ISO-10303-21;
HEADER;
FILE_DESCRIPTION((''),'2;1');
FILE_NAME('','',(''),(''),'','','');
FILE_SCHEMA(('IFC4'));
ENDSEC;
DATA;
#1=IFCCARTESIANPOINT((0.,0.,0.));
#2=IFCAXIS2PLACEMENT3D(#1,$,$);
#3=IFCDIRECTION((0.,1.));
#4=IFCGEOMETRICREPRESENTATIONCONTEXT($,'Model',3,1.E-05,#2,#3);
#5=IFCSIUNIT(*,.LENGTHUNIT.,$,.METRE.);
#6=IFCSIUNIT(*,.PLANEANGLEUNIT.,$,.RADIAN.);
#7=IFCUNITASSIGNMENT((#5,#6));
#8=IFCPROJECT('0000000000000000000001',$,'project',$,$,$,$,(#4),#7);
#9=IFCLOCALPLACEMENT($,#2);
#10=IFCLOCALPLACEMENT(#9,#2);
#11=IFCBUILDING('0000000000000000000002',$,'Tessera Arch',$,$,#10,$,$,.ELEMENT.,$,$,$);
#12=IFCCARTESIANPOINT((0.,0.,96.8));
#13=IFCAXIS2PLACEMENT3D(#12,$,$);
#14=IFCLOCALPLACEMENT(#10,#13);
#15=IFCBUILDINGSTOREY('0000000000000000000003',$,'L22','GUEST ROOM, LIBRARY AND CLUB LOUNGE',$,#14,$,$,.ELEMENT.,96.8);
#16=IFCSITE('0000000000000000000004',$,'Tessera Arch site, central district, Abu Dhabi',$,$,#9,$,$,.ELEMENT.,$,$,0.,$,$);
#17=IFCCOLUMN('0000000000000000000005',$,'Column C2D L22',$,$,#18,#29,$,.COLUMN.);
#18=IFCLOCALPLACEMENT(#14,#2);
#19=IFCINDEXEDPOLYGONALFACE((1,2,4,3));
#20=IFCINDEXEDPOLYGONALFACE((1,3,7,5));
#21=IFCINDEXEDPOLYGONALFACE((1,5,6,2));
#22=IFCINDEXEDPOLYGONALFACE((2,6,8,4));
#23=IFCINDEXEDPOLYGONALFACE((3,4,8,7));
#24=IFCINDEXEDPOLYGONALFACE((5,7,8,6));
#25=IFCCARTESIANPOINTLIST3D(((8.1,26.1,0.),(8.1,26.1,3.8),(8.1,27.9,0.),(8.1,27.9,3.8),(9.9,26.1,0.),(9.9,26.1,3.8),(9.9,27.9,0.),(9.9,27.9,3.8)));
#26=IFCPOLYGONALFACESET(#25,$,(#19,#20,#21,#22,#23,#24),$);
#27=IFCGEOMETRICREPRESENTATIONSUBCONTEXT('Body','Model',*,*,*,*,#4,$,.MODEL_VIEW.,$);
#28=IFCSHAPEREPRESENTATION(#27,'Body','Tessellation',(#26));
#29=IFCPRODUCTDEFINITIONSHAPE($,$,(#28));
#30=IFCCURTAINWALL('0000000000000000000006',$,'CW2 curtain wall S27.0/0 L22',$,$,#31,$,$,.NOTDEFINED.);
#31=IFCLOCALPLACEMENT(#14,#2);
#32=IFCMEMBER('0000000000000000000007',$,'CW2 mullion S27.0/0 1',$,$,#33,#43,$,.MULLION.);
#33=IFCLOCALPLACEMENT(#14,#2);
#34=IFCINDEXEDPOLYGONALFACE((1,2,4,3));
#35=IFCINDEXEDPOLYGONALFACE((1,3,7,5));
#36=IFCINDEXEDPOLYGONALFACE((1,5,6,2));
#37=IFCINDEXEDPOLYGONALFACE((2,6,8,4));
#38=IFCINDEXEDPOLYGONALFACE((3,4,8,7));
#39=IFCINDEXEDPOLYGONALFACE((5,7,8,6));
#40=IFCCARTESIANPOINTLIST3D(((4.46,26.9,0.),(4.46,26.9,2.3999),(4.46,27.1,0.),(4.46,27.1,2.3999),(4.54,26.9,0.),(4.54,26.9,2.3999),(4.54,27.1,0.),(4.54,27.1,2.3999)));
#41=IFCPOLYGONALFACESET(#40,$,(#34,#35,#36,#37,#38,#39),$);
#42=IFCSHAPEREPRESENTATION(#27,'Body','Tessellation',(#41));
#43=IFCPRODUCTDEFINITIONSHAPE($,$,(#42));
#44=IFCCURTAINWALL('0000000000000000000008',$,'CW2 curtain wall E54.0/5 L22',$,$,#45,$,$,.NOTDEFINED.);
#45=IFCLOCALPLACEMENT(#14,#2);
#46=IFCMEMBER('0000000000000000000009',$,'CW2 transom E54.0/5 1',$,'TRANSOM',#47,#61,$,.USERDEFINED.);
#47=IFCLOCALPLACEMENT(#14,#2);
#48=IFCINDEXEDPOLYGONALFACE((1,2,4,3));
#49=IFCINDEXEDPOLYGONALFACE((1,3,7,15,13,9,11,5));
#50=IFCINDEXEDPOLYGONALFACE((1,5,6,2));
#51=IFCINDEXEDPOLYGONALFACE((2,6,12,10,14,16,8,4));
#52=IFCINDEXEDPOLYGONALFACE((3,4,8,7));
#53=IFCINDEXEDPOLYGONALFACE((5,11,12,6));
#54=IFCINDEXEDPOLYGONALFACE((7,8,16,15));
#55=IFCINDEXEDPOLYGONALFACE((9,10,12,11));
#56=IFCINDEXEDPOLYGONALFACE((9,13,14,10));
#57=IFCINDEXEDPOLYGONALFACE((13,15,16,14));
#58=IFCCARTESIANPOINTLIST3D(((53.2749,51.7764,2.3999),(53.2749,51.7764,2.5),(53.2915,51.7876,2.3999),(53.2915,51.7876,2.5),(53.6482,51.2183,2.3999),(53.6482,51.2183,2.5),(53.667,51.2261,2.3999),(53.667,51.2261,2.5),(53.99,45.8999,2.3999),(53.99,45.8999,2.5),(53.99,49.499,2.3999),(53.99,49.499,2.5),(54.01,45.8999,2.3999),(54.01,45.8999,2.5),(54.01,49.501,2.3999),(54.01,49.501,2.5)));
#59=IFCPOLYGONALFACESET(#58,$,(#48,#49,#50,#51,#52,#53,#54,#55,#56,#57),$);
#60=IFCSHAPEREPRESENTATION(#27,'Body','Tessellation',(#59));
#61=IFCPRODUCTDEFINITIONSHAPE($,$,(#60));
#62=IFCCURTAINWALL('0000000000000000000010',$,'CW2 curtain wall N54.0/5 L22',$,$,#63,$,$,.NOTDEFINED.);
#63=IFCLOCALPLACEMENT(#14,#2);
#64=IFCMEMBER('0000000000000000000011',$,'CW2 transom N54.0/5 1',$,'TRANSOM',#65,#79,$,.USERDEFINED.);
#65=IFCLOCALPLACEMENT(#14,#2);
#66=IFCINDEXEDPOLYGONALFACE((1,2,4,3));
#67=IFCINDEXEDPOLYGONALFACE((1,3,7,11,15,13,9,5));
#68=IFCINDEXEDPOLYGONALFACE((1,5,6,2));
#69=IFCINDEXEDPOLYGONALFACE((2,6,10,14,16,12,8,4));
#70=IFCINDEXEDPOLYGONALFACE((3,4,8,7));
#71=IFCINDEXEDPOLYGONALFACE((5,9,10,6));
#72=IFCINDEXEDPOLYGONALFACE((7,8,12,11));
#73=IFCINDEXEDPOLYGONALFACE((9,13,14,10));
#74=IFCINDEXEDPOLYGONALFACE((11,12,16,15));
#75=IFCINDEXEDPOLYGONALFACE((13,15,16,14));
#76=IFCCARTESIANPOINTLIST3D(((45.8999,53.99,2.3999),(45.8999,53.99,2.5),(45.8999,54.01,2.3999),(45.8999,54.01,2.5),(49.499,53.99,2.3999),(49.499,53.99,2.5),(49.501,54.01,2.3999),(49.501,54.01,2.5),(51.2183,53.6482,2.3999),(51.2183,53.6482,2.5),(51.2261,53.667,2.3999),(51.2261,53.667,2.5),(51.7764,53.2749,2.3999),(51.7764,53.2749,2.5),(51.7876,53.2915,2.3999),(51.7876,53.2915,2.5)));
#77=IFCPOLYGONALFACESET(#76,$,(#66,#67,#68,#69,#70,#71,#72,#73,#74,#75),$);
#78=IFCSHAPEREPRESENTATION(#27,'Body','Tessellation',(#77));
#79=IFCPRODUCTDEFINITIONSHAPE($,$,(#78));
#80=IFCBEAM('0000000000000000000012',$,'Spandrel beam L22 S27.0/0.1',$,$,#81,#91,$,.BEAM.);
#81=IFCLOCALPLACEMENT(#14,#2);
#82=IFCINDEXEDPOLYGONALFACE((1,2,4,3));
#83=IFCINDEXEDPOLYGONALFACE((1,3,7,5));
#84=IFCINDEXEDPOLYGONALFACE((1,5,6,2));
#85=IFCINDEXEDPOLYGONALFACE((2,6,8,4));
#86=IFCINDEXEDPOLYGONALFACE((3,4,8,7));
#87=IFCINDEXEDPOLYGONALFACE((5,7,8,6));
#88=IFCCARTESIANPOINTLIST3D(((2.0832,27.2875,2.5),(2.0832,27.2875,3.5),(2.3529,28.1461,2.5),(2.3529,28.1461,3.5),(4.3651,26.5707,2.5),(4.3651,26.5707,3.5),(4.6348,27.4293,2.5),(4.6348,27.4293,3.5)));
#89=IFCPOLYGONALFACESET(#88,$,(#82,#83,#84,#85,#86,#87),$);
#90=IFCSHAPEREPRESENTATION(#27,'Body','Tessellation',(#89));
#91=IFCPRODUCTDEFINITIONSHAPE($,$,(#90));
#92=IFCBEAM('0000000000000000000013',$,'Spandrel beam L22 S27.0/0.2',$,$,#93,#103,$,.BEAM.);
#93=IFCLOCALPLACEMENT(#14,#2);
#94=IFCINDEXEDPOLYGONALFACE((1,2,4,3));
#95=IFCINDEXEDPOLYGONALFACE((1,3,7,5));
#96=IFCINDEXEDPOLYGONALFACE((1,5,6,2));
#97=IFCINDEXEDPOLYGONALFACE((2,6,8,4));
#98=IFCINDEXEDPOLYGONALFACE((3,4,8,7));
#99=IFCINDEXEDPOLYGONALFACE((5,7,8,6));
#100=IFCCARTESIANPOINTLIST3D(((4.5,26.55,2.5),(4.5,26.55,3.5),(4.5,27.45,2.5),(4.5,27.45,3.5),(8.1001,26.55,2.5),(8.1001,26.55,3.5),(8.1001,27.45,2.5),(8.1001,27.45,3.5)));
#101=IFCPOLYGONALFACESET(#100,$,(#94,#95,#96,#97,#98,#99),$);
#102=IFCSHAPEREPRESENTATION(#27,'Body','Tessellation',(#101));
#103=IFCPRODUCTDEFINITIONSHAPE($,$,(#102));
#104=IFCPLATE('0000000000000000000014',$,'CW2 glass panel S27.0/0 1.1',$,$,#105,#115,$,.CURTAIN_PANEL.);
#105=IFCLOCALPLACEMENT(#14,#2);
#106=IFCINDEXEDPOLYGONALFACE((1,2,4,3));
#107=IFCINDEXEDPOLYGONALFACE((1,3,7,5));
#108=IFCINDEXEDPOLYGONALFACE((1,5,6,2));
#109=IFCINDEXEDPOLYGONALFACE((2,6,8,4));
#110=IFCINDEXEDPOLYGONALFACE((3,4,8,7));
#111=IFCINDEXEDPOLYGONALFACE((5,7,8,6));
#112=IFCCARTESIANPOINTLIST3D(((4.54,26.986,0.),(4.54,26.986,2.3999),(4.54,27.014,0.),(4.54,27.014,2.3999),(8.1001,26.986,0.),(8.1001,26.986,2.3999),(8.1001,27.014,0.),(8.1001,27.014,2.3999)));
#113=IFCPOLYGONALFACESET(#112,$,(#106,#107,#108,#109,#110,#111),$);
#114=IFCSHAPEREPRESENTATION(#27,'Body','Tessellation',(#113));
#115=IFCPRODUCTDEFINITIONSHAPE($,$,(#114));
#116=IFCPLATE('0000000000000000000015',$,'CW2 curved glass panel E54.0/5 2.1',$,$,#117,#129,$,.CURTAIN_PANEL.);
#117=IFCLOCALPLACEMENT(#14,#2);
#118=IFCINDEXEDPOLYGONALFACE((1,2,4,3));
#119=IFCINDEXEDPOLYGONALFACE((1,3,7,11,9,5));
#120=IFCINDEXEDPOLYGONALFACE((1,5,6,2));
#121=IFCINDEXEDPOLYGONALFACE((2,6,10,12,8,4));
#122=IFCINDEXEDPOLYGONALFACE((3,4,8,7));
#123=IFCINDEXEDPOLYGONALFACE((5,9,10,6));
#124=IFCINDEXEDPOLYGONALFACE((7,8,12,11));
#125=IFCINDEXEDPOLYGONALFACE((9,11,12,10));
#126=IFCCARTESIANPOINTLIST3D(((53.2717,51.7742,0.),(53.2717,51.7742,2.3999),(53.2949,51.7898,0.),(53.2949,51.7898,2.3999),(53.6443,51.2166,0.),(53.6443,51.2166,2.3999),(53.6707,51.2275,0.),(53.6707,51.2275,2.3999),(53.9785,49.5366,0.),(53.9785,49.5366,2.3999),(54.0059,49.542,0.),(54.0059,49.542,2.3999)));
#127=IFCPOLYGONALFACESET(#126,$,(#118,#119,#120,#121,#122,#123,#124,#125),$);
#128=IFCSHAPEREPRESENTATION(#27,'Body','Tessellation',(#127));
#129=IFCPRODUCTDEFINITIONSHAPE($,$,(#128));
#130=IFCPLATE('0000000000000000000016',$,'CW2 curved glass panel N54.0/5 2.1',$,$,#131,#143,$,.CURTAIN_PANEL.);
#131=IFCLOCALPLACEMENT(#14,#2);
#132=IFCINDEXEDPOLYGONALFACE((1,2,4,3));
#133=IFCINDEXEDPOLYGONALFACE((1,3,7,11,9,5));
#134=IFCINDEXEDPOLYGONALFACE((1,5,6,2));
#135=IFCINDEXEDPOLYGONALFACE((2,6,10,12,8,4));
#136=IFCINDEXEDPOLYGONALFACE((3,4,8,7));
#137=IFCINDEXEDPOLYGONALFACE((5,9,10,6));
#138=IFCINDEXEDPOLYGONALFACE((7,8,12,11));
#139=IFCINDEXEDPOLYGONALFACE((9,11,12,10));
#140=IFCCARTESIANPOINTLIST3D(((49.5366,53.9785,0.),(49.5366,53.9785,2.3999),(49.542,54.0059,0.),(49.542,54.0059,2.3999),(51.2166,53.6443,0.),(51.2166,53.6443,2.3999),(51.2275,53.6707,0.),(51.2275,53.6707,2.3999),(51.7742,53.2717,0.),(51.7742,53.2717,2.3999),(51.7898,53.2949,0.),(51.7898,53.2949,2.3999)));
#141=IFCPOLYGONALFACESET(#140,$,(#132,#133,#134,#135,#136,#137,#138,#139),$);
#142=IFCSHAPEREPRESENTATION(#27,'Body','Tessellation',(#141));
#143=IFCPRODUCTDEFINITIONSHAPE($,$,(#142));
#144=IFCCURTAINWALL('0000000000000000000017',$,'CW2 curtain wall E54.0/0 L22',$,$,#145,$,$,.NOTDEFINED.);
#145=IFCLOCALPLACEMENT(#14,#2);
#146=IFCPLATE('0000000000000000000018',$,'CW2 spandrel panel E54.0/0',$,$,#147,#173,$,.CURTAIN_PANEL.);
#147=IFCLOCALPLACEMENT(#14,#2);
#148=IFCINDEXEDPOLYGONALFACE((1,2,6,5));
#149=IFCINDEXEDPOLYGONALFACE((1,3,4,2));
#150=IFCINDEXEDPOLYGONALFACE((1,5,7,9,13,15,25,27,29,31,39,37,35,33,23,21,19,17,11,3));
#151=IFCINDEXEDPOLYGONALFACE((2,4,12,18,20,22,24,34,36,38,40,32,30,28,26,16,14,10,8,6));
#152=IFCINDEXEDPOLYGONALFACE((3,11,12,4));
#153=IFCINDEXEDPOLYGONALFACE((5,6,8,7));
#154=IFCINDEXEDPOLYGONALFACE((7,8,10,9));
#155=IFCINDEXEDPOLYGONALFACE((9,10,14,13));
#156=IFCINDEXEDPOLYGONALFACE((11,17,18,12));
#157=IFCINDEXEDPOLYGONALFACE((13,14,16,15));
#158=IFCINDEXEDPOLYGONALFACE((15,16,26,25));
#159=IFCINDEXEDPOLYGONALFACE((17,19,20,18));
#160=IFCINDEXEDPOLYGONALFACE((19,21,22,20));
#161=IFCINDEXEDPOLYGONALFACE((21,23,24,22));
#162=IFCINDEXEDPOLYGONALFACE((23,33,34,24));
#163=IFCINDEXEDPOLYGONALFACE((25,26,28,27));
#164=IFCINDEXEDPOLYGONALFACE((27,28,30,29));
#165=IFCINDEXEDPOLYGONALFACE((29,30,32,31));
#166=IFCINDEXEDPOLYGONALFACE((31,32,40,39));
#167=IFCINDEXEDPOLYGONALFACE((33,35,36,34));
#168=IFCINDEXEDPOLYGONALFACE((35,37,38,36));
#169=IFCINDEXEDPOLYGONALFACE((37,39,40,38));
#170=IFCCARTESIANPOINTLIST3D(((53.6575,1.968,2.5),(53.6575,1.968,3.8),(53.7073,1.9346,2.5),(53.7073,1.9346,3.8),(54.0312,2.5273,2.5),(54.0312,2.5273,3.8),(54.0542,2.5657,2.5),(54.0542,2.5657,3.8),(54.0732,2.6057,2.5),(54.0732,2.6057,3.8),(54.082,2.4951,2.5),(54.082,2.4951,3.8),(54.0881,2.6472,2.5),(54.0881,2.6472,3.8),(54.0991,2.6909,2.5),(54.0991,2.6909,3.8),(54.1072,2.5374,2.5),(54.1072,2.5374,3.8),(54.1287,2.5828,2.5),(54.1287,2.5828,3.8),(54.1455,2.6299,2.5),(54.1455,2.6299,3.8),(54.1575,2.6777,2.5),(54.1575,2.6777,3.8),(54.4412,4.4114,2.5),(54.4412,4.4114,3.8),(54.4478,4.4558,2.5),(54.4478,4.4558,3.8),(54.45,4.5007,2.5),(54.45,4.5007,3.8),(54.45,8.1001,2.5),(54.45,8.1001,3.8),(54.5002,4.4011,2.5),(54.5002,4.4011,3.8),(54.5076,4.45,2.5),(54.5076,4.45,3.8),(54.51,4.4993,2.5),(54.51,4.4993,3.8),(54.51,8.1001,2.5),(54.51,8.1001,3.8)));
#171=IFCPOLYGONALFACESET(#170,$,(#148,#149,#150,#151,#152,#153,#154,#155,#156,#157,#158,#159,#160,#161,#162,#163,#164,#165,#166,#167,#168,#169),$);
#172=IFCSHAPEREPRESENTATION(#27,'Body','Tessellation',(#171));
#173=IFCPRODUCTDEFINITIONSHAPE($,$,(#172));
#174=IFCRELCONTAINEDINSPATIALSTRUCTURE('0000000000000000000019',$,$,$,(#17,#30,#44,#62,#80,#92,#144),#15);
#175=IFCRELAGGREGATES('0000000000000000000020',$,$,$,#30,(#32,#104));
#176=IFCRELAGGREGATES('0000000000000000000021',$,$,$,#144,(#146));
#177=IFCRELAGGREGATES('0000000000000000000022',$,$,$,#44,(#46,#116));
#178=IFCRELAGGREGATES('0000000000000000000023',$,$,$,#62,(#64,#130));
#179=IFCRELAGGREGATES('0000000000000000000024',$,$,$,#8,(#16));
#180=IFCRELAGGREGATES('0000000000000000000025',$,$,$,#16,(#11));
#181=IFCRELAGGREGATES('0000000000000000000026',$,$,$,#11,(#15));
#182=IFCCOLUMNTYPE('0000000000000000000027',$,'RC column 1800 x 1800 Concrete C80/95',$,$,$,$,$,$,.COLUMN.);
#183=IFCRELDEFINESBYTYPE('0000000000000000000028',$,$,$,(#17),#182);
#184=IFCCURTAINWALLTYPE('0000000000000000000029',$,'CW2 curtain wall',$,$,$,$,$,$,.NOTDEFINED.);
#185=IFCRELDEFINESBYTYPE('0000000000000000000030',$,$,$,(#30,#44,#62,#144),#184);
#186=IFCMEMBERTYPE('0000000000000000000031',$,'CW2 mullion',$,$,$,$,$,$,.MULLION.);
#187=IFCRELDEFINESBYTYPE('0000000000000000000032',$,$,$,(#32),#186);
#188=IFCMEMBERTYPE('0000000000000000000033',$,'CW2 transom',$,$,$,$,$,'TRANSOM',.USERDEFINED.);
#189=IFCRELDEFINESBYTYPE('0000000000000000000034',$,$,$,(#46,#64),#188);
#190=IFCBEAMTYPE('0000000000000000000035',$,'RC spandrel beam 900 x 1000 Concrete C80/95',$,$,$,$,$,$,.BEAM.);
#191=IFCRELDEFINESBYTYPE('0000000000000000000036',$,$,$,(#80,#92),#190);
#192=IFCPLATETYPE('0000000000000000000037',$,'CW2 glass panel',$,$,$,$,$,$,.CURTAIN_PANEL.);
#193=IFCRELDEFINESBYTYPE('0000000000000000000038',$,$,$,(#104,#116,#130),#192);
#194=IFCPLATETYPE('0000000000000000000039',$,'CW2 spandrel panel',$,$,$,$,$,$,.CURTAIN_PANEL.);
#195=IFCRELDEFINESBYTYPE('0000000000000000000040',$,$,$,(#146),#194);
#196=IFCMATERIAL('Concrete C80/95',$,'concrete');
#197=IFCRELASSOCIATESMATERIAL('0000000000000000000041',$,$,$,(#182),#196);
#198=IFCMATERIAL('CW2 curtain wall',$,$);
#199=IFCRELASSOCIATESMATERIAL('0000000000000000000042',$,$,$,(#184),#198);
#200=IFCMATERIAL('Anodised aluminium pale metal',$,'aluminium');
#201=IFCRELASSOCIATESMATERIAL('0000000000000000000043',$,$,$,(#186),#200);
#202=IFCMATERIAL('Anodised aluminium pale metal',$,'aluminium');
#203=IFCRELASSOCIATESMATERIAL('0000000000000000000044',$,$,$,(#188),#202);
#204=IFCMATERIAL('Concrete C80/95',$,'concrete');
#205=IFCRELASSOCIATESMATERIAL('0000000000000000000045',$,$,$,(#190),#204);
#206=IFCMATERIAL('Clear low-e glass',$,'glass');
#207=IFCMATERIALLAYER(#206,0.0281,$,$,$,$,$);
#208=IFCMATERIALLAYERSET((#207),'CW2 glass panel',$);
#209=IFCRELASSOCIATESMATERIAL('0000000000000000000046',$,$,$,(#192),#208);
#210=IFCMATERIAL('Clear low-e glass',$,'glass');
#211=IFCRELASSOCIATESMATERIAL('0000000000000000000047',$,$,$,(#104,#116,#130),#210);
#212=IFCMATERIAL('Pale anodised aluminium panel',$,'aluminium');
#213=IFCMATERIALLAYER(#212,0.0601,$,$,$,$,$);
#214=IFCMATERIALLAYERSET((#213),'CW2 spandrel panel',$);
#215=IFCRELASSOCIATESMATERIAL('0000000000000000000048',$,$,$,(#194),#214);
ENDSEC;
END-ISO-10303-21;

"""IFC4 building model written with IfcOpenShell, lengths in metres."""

from ifc_helpers import new_model, si_unit, direction, frame, origin, origin_2d, place, context, subcontext, project, spatial, polyline, rectangle, outline, extrude, material, layer, layer_set, material_profile, profile_set, type_object, element, aggregate, save


model = new_model("IFC4")

# Units and contexts
model_context = context("Model", 3, precision=1e-05, world=origin(), true_north=direction((0.0, 1.0)))
body_context = subcontext(model_context, "Body", "Model", "MODEL_VIEW")
ifc_project = project(units=[si_unit("LENGTHUNIT", "METRE"), si_unit("PLANEANGLEUNIT", "RADIAN")], contexts=[model_context])

# Site, building, storey
site_placement = place(None, origin())
site = spatial("IfcSite", under=ifc_project, at=site_placement, Name="Tessera Arch site, central district, Abu Dhabi", CompositionType="ELEMENT", RefElevation=0.0)
building_placement = place(site_placement, origin())
building = spatial("IfcBuilding", under=site, at=building_placement, Name="Tessera Arch", CompositionType="ELEMENT")
storey_placement = place(building_placement, frame((0.0, 0.0, 96.8)))
storey = spatial("IfcBuildingStorey", under=building, at=storey_placement, Name="L22", Description="GUEST ROOM, LIBRARY AND CLUB LOUNGE", CompositionType="ELEMENT", Elevation=96.8)

# Column
ifc_material_1 = material(Name="Concrete C80/95", Category="concrete")
ifc_material_profile_1 = material_profile(ifc_material_1, rectangle(XDim=1.8, YDim=1.8, at=origin_2d()), Name="RC column 1800 x 1800 Concrete C80/95")
ifc_profile_set_1 = profile_set([ifc_material_profile_1], Name="Concrete C80/95")
column_type = type_object("IfcColumnType", Name="RC column 1800 x 1800 Concrete C80/95", PredefinedType="COLUMN", material=ifc_profile_set_1)
column_placement = place(storey_placement, frame((9.0, 27.0, 0.0), z_axis=(0.0, 0.0, 1.0), x_axis=(1.0, 0.0, 0.0)))
element("IfcColumn", 1, at=column_placement, inside=storey, type_object=column_type, Name="Column C2D L22", PredefinedType="COLUMN", context=body_context, shape_type="SweptSolid", body=[
    extrude(rectangle(XDim=1.8, YDim=1.8, at=origin_2d()), origin(), (0.0, 0.0, 1.0), 3.8),
])

# Curtain walls, members
ifc_material_2 = material(Name="CW2 curtain wall")
curtain_wall_type_1 = type_object("IfcCurtainWallType", Name="CW2 curtain wall", PredefinedType="NOTDEFINED", material=ifc_material_2)
curtain_wall_1_placement = place(storey_placement, origin())
curtain_wall_1 = element("IfcCurtainWall", 2, at=curtain_wall_1_placement, inside=storey, type_object=curtain_wall_type_1, Name="CW2 curtain wall S27.0/0 L22", PredefinedType="NOTDEFINED")
ifc_material_3 = material(Name="Anodised aluminium pale metal", Category="aluminium")
ifc_material_profile_2 = material_profile(ifc_material_3, rectangle(XDim=0.2, YDim=0.0801, at=origin_2d()), Name="AL 80x200")
ifc_profile_set_2 = profile_set([ifc_material_profile_2], Name="Anodised aluminium pale metal")
member_type_1 = type_object("IfcMemberType", Name="CW2 mullion", PredefinedType="MULLION", material=ifc_profile_set_2)
member_1_placement = place(storey_placement, frame((4.5, 27.0, 0.0), z_axis=(0.0, 0.0, 1.0), x_axis=(0.0, 1.0, 0.0)))
member_1 = element("IfcMember", 3, at=member_1_placement, type_object=member_type_1, Name="CW2 mullion S27.0/0 1", PredefinedType="MULLION", context=body_context, shape_type="SweptSolid", body=[
    extrude(rectangle(XDim=0.2, YDim=0.0801, at=origin_2d()), origin(), (0.0, 0.0, 1.0), 2.3999),
])
curtain_wall_2_placement = place(storey_placement, origin())
curtain_wall_2 = element("IfcCurtainWall", 4, at=curtain_wall_2_placement, inside=storey, type_object=curtain_wall_type_1, Name="CW2 curtain wall E54.0/5 L22", PredefinedType="NOTDEFINED")
ifc_material_4 = material(Name="Anodised aluminium pale metal", Category="aluminium")
ifc_material_profile_3 = material_profile(ifc_material_4, rectangle(XDim=0.2, YDim=0.1001, at=origin_2d()), Name="AL 200x100")
ifc_profile_set_3 = profile_set([ifc_material_profile_3], Name="Anodised aluminium pale metal")
member_type_2 = type_object("IfcMemberType", Name="CW2 transom", ElementType="TRANSOM", PredefinedType="USERDEFINED", material=ifc_profile_set_3)
member_2_placement = place(storey_placement, frame((0.0, 0.0, 2.3999)))
member_2 = element("IfcMember", 5, at=member_2_placement, type_object=member_type_2, Name="CW2 transom E54.0/5 1", ObjectType="TRANSOM", PredefinedType="USERDEFINED", context=body_context, shape_type="SweptSolid", body=[
    extrude(outline(polyline([(53.99, 49.499), (53.99, 45.8999), (54.01, 45.8999), (54.01, 49.501), (53.667, 51.2261), (53.2915, 51.7876), (53.2749, 51.7764), (53.6482, 51.2183), (53.99, 49.499)])), origin(), (0.0, 0.0, 1.0), 0.1001),
])
curtain_wall_3_placement = place(storey_placement, origin())
curtain_wall_3 = element("IfcCurtainWall", 6, at=curtain_wall_3_placement, inside=storey, type_object=curtain_wall_type_1, Name="CW2 curtain wall N54.0/5 L22", PredefinedType="NOTDEFINED")
member_3_placement = place(storey_placement, frame((0.0, 0.0, 2.3999)))
member_3 = element("IfcMember", 7, at=member_3_placement, type_object=member_type_2, Name="CW2 transom N54.0/5 1", ObjectType="TRANSOM", PredefinedType="USERDEFINED", context=body_context, shape_type="SweptSolid", body=[
    extrude(outline(polyline([(51.2183, 53.6482), (51.7764, 53.2749), (51.7876, 53.2915), (51.2261, 53.667), (49.501, 54.01), (45.8999, 54.01), (45.8999, 53.99), (49.499, 53.99), (51.2183, 53.6482)])), origin(), (0.0, 0.0, 1.0), 0.1001),
])

# Beams
ifc_material_5 = material(Name="Concrete C80/95", Category="concrete")
ifc_material_profile_4 = material_profile(ifc_material_5, rectangle(XDim=0.8999, YDim=1.0, at=origin_2d()), Name="RC spandrel beam 900 x 1000 Concrete C80/95")
ifc_profile_set_4 = profile_set([ifc_material_profile_4], Name="Concrete C80/95")
beam_type = type_object("IfcBeamType", Name="RC spandrel beam 900 x 1000 Concrete C80/95", PredefinedType="BEAM", material=ifc_profile_set_4)
beam_1_placement = place(storey_placement, frame((2.218, 27.7168, 3.0), z_axis=(0.954041, -0.299675, 0.0), x_axis=(0.299675, 0.954041, 0.0)))
element("IfcBeam", 8, at=beam_1_placement, inside=storey, type_object=beam_type, Name="Spandrel beam L22 S27.0/0.1", PredefinedType="BEAM", context=body_context, shape_type="SweptSolid", body=[
    extrude(rectangle(XDim=0.8999, YDim=1.0, at=origin_2d()), origin(), (0.0, 0.0, 1.0), 2.3918),
])
beam_2_placement = place(storey_placement, frame((4.5, 27.0, 3.0), z_axis=(1.0, 0.0, 0.0), x_axis=(0.0, 1.0, 0.0)))
element("IfcBeam", 9, at=beam_2_placement, inside=storey, type_object=beam_type, Name="Spandrel beam L22 S27.0/0.2", PredefinedType="BEAM", context=body_context, shape_type="SweptSolid", body=[
    extrude(rectangle(XDim=0.8999, YDim=1.0, at=origin_2d()), origin(), (0.0, 0.0, 1.0), 3.6001),
])

# Plates
ifc_material_6 = material(Name="Clear low-e glass", Category="glass")
ifc_material_7 = material(Name="Clear low-e glass", Category="glass")
ifc_layer_1 = layer(ifc_material_7, 0.0281)
ifc_layer_set_1 = layer_set([ifc_layer_1], Name="CW2 glass panel")
plate_type_1 = type_object("IfcPlateType", Name="CW2 glass panel", PredefinedType="CURTAIN_PANEL", material=ifc_layer_set_1)
plate_1_placement = place(storey_placement, frame((6.3201, 27.0, 0.0), z_axis=(0.0, 0.0, 1.0), x_axis=(1.0, 0.0, 0.0)))
plate_1 = element("IfcPlate", 10, at=plate_1_placement, type_object=plate_type_1, material=ifc_material_6, Name="CW2 glass panel S27.0/0 1.1", PredefinedType="CURTAIN_PANEL", context=body_context, shape_type="SweptSolid", body=[
    extrude(rectangle(XDim=3.5601, YDim=0.0281, at=origin_2d()), origin(), (0.0, 0.0, 1.0), 2.3999),
])
aggregate(curtain_wall_1, [member_1, plate_1])
plate_2_placement = place(storey_placement, origin())
plate_2 = element("IfcPlate", 11, at=plate_2_placement, type_object=plate_type_1, material=ifc_material_6, Name="CW2 curved glass panel E54.0/5 2.1", PredefinedType="CURTAIN_PANEL", context=body_context, shape_type="SweptSolid", body=[
    extrude(outline(polyline([(53.6443, 51.2166), (53.9785, 49.5366), (54.0059, 49.542), (53.6707, 51.2275), (53.2949, 51.7898), (53.2717, 51.7742), (53.6443, 51.2166)])), origin(), (0.0, 0.0, 1.0), 2.3999),
])
plate_3_placement = place(storey_placement, origin())
plate_3 = element("IfcPlate", 12, at=plate_3_placement, type_object=plate_type_1, material=ifc_material_6, Name="CW2 curved glass panel N54.0/5 2.1", PredefinedType="CURTAIN_PANEL", context=body_context, shape_type="SweptSolid", body=[
    extrude(outline(polyline([(51.2166, 53.6443), (51.7742, 53.2717), (51.7898, 53.2949), (51.2275, 53.6707), (49.542, 54.0059), (49.5366, 53.9785), (51.2166, 53.6443)])), origin(), (0.0, 0.0, 1.0), 2.3999),
])

# Curtain wall, plate
curtain_wall_4_placement = place(storey_placement, origin())
curtain_wall_4 = element("IfcCurtainWall", 13, at=curtain_wall_4_placement, inside=storey, type_object=curtain_wall_type_1, Name="CW2 curtain wall E54.0/0 L22", PredefinedType="NOTDEFINED")
ifc_material_8 = material(Name="Pale anodised aluminium panel", Category="aluminium")
ifc_layer_2 = layer(ifc_material_8, 0.0601)
ifc_layer_set_2 = layer_set([ifc_layer_2], Name="CW2 spandrel panel")
plate_type_2 = type_object("IfcPlateType", Name="CW2 spandrel panel", PredefinedType="CURTAIN_PANEL", material=ifc_layer_set_2)
plate_4_placement = place(storey_placement, frame((0.0, 0.0, 2.5)))
plate_4 = element("IfcPlate", 14, at=plate_4_placement, type_object=plate_type_2, Name="CW2 spandrel panel E54.0/0", PredefinedType="CURTAIN_PANEL", context=body_context, shape_type="SweptSolid", body=[
    extrude(outline(polyline([(54.0312, 2.5273), (53.6575, 1.968), (53.7073, 1.9346), (54.082, 2.4951), (54.1072, 2.5374), (54.1287, 2.5828), (54.1455, 2.6299), (54.1575, 2.6777), (54.5002, 4.4011), (54.5076, 4.45), (54.51, 4.4993), (54.51, 8.1001), (54.45, 8.1001), (54.45, 4.5007), (54.4478, 4.4558), (54.4412, 4.4114), (54.0991, 2.6909), (54.0881, 2.6472), (54.0732, 2.6057), (54.0542, 2.5657), (54.0312, 2.5273)])), origin(), (0.0, 0.0, 1.0), 1.3),
])
aggregate(curtain_wall_4, [plate_4])

aggregate(curtain_wall_2, [member_2, plate_2])
aggregate(curtain_wall_3, [member_3, plate_3])

save(model, "model.ifc")
